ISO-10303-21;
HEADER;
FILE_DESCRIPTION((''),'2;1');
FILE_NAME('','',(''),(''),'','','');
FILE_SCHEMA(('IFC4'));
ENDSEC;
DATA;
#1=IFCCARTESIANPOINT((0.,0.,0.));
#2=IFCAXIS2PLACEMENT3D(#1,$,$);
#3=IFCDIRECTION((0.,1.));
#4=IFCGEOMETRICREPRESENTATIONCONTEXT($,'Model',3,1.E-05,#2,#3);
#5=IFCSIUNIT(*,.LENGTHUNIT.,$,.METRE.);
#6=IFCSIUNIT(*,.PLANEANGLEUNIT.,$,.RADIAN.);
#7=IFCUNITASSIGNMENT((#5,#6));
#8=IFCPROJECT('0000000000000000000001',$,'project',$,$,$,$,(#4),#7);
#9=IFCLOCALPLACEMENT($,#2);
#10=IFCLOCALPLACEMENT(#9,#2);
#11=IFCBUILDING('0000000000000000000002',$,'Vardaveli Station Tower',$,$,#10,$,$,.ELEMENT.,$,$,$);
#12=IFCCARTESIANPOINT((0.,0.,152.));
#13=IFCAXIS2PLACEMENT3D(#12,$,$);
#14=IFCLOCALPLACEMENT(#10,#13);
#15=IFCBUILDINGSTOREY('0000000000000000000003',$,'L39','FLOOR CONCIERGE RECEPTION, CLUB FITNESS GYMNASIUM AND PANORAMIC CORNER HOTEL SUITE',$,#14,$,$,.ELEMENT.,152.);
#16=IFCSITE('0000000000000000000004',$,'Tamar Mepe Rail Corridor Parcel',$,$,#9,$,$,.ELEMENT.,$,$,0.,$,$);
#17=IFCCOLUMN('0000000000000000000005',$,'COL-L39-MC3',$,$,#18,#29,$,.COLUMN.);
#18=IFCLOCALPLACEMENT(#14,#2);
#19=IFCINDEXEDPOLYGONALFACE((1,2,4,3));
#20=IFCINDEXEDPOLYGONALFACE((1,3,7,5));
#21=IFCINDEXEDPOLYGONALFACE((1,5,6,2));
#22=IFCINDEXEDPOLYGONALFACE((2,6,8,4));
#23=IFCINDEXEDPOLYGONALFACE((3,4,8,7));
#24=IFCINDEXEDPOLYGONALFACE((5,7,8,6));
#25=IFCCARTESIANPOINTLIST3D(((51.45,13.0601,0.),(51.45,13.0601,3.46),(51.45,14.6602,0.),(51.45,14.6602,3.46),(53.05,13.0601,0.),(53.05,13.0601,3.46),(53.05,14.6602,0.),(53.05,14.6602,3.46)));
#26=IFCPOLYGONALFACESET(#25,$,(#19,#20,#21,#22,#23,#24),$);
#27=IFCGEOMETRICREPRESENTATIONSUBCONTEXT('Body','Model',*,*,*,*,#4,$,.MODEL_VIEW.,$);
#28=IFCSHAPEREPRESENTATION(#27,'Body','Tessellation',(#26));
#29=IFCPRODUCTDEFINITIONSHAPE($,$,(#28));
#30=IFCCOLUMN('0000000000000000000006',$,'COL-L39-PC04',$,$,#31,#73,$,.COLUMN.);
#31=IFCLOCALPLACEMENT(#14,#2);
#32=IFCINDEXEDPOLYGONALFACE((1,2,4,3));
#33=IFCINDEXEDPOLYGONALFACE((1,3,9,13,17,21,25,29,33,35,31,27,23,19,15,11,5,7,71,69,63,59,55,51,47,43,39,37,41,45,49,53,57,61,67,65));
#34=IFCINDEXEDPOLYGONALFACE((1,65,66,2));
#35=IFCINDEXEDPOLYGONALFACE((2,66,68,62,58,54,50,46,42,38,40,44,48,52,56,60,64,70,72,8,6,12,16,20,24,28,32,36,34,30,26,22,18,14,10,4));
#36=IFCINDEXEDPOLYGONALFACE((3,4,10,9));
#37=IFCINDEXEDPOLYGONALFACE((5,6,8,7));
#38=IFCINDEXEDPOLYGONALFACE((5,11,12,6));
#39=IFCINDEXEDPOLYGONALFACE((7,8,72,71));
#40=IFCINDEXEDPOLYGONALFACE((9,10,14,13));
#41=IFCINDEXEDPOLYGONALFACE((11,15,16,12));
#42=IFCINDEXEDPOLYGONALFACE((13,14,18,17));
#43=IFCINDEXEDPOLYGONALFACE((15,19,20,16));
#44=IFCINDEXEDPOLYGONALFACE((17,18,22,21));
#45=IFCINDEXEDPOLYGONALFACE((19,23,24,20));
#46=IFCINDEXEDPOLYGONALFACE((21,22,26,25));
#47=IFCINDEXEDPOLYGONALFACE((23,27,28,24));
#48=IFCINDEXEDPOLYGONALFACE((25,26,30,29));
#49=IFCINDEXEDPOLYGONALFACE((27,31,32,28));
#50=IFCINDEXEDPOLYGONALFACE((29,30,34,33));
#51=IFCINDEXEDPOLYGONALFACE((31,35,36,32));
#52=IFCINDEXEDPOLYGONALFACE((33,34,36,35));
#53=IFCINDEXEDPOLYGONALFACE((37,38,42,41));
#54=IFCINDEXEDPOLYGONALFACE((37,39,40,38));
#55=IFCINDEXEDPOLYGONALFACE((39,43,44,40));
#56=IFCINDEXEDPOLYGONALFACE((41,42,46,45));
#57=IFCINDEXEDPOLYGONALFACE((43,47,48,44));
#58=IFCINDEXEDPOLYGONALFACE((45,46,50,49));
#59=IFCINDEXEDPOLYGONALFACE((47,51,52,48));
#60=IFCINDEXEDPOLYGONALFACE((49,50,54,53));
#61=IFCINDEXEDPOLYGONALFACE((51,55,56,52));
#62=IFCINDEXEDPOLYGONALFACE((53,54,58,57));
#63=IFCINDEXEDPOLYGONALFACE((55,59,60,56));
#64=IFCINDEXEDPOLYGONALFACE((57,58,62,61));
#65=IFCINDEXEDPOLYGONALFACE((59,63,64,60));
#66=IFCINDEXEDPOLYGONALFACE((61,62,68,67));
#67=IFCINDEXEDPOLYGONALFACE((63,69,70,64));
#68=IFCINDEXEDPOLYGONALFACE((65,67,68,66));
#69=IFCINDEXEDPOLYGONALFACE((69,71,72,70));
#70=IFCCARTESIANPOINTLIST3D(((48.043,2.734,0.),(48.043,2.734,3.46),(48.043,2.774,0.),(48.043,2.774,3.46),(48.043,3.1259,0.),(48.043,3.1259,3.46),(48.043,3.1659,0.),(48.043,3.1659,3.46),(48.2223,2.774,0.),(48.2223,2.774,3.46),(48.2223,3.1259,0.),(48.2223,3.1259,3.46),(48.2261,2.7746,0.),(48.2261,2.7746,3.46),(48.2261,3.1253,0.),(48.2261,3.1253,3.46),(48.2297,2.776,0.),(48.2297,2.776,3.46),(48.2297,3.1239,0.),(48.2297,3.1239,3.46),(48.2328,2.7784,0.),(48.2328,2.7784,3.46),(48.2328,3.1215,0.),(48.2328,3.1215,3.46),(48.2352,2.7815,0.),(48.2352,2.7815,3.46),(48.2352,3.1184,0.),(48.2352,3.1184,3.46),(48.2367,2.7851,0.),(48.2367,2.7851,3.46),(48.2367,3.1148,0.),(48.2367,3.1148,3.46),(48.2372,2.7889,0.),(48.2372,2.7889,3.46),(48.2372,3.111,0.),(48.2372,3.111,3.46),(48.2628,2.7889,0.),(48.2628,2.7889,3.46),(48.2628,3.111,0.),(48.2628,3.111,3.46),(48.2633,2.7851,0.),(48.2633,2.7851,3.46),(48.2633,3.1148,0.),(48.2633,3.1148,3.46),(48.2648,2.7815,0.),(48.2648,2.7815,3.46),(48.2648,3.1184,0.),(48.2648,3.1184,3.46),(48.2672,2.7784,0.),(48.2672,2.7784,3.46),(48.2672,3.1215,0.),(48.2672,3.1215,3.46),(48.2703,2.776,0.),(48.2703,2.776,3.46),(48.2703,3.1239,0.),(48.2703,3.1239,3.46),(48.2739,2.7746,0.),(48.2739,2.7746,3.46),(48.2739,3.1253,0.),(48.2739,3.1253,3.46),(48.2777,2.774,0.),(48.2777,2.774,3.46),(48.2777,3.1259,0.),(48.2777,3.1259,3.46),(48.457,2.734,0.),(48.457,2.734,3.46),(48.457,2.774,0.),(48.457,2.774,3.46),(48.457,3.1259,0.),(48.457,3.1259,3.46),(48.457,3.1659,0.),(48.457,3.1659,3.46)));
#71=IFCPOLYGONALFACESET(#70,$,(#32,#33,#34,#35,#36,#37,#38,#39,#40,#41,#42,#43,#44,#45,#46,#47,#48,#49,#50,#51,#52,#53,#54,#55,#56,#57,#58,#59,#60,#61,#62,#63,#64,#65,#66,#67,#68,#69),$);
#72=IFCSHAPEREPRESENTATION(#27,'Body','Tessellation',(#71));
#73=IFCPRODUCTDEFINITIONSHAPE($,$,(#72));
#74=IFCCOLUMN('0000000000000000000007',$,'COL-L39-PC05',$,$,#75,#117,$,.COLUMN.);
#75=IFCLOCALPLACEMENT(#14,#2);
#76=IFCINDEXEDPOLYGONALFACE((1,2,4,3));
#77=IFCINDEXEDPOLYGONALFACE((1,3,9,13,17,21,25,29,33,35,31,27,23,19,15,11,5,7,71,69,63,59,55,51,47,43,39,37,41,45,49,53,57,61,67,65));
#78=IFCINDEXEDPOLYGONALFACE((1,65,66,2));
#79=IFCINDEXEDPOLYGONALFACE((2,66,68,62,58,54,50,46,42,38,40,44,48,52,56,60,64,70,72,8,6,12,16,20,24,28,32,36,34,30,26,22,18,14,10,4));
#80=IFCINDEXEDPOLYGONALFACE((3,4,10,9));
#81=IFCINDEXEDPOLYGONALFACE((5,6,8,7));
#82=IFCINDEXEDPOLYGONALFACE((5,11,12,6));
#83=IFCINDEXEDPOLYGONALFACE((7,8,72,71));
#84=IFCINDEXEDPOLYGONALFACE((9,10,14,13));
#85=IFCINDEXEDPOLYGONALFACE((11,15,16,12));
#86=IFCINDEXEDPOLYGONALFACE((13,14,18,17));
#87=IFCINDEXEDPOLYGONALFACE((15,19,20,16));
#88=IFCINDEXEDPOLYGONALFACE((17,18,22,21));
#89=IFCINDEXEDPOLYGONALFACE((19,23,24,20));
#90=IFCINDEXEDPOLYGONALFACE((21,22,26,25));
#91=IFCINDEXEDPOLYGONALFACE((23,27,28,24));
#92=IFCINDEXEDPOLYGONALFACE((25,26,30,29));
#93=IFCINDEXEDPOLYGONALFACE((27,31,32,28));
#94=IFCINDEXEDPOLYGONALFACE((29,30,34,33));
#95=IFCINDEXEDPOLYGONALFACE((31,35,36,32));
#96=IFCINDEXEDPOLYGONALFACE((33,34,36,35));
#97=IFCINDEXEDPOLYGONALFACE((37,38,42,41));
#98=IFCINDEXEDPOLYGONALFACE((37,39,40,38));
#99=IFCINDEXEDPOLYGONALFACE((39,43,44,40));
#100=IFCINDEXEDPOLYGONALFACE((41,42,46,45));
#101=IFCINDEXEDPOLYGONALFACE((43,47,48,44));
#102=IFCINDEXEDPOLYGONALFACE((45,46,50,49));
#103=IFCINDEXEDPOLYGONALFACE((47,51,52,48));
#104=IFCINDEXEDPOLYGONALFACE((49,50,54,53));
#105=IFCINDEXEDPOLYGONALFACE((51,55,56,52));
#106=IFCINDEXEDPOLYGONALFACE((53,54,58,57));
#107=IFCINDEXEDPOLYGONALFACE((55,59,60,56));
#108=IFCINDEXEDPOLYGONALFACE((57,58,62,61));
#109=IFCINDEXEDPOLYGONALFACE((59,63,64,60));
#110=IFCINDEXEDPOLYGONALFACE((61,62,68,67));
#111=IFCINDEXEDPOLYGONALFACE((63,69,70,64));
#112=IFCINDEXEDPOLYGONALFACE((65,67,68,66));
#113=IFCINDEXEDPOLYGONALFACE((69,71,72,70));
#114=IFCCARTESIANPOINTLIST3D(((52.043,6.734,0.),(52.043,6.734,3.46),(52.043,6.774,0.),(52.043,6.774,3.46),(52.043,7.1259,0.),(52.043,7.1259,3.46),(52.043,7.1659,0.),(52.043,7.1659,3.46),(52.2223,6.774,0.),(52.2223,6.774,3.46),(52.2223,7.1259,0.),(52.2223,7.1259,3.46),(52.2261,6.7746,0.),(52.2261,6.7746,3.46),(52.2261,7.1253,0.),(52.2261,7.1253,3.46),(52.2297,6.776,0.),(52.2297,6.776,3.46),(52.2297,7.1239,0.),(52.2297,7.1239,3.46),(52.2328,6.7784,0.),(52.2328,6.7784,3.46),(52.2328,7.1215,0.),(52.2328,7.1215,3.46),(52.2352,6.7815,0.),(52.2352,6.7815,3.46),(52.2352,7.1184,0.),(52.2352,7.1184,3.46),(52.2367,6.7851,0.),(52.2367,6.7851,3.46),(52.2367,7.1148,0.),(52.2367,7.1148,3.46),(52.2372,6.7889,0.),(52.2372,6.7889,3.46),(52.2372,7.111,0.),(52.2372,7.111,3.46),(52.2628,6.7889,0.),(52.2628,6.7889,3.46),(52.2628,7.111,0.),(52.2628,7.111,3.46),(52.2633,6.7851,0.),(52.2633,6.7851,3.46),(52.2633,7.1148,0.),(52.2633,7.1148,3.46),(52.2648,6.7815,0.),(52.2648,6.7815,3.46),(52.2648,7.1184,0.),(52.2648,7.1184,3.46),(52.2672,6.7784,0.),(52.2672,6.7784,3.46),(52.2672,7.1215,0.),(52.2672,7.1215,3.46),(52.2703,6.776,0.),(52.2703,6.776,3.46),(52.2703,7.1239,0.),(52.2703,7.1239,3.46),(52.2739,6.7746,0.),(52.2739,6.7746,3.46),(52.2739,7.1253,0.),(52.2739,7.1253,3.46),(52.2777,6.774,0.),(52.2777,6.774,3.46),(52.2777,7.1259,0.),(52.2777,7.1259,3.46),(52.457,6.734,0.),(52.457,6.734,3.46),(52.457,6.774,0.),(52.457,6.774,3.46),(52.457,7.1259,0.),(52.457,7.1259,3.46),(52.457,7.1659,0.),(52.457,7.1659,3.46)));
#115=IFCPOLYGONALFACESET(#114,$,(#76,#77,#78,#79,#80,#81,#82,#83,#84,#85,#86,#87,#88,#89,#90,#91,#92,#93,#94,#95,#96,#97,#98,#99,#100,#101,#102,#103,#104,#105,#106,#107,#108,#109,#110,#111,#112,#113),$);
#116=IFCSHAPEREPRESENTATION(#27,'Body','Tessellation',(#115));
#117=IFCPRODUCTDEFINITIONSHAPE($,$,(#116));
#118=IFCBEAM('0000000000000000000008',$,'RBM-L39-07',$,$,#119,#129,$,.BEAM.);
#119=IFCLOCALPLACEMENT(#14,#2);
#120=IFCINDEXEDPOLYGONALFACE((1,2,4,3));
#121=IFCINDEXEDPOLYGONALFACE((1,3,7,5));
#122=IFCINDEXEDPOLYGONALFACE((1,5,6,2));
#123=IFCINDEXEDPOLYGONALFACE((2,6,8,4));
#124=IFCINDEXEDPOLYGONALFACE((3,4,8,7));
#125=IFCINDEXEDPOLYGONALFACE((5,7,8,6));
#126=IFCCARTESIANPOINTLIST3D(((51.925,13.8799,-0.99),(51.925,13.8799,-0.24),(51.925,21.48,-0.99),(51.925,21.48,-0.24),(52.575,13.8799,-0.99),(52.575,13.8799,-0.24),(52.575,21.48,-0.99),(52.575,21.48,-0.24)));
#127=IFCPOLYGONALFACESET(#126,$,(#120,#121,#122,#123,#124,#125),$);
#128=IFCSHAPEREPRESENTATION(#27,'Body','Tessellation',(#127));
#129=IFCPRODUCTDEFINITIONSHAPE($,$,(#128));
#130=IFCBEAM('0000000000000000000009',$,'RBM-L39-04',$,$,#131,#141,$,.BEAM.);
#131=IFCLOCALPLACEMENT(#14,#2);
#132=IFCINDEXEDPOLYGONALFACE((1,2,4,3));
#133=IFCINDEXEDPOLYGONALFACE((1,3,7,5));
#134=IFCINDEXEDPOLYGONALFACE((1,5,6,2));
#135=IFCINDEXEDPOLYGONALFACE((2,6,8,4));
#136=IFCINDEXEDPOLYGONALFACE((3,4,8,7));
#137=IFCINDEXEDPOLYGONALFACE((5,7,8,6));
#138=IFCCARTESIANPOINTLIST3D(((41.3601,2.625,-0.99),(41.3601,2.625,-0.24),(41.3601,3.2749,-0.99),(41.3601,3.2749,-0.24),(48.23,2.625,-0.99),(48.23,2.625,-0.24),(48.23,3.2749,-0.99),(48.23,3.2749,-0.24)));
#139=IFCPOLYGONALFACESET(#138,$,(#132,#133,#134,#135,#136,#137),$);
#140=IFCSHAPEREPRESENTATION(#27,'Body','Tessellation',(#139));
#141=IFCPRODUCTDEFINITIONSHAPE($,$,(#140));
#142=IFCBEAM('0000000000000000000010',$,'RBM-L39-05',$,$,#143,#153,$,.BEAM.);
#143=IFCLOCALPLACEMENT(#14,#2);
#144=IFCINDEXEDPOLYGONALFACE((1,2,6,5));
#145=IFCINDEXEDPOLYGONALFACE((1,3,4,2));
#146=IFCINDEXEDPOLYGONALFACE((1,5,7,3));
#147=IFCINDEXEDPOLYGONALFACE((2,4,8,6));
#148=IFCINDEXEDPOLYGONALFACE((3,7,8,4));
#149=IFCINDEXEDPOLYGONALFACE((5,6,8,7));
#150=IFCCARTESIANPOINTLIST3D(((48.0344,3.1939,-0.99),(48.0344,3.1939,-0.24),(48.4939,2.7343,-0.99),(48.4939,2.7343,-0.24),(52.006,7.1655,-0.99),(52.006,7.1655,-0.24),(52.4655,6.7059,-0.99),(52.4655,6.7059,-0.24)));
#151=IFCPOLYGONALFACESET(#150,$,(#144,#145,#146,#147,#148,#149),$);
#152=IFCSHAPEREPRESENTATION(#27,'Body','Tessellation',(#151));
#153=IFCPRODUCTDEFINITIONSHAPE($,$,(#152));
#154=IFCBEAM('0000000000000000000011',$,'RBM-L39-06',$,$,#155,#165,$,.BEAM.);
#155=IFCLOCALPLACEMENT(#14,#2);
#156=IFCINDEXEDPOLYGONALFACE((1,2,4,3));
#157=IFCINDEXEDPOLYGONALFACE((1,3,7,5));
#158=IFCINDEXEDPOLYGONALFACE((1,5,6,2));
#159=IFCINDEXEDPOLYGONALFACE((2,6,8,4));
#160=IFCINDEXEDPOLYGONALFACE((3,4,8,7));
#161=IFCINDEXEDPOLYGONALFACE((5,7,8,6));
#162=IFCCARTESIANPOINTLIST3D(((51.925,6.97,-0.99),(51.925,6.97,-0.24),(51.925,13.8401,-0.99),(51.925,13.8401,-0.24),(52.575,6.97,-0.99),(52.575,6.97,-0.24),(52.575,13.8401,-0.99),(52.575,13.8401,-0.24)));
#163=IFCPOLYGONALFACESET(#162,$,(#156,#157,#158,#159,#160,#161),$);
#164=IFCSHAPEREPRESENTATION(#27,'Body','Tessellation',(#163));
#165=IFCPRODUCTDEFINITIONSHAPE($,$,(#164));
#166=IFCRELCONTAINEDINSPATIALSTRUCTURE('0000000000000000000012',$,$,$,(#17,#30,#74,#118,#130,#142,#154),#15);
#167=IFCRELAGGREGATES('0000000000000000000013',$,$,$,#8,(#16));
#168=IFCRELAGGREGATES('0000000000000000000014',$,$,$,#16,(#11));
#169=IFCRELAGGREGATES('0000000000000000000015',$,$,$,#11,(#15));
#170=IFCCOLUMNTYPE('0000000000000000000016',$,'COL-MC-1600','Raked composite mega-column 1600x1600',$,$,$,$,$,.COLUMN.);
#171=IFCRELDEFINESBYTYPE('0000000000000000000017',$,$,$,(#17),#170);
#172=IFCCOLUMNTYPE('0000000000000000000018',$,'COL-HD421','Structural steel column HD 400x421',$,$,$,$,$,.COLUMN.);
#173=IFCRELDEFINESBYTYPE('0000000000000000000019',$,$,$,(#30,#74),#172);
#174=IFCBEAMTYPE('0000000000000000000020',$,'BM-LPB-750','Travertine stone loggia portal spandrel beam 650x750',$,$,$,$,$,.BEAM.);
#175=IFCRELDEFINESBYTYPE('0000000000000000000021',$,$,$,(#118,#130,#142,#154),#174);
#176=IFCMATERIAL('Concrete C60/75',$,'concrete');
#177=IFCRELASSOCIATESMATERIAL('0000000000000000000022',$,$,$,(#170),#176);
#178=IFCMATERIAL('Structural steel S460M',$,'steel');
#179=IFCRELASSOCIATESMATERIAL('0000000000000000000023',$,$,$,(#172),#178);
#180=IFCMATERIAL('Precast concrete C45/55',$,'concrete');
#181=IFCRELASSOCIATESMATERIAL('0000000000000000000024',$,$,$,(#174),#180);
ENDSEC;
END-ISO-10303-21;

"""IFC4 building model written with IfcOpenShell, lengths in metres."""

from ifc_helpers import new_model, si_unit, direction, frame, origin, origin_2d, place, context, subcontext, project, spatial, rectangle, i_section, extrude, source, transform, mapped, material, material_profile, profile_set, type_object, element, save


model = new_model("IFC4")

# Units and contexts
model_context = context("Model", 3, precision=1e-05, world=origin(), true_north=direction((0.0, 1.0)))
body_context = subcontext(model_context, "Body", "Model", "MODEL_VIEW")
ifc_project = project(units=[si_unit("LENGTHUNIT", "METRE"), si_unit("PLANEANGLEUNIT", "RADIAN")], contexts=[model_context])

# Site, building, storey
site_placement = place(None, origin())
site = spatial("IfcSite", under=ifc_project, at=site_placement, Name="Tamar Mepe Rail Corridor Parcel", CompositionType="ELEMENT", RefElevation=0.0)
building_placement = place(site_placement, origin())
building = spatial("IfcBuilding", under=site, at=building_placement, Name="Vardaveli Station Tower", CompositionType="ELEMENT")
storey_placement = place(building_placement, frame((0.0, 0.0, 152.0)))
storey = spatial("IfcBuildingStorey", under=building, at=storey_placement, Name="L39", Description="FLOOR CONCIERGE RECEPTION, CLUB FITNESS GYMNASIUM AND PANORAMIC CORNER HOTEL SUITE", CompositionType="ELEMENT", Elevation=152.0)

# Columns
ifc_material_1 = material(Name="Concrete C60/75", Category="concrete")
ifc_material_profile_1 = material_profile(ifc_material_1, rectangle(XDim=1.6001, YDim=1.6001, at=origin_2d()), Name="MC 1600x1600")
ifc_profile_set_1 = profile_set([ifc_material_profile_1], Name="Concrete C60/75")
column_type_1 = type_object("IfcColumnType", Name="COL-MC-1600", Description="Raked composite mega-column 1600x1600", PredefinedType="COLUMN", material=ifc_profile_set_1)
shared_shape_1 = source(origin(), body_context, "Body", "SweptSolid", [
    extrude(rectangle(XDim=1.6001, YDim=1.6001, at=origin_2d()), origin(), (0.0, 0.0, 1.0), 3.46),
])
column_placement = place(storey_placement, frame((52.25, 13.8601, 0.0), z_axis=(0.0, 0.0, 1.0), x_axis=(1.0, 0.0, 0.0)))
element("IfcColumn", 1, at=column_placement, inside=storey, type_object=column_type_1, Name="COL-L39-MC3", PredefinedType="COLUMN", context=body_context, shape_type="MappedRepresentation", body=[
    mapped(shared_shape_1, transform((0.0, 0.0, 0.0), scale=1.0)),
])
ifc_material_2 = material(Name="Structural steel S460M", Category="steel")
ifc_material_profile_2 = material_profile(ifc_material_2, i_section(OverallWidth=0.4141, OverallDepth=0.4319, WebThickness=0.0256, FlangeThickness=0.04, FilletRadius=0.0149, at=origin_2d()), Name="HD 400x421")
ifc_profile_set_2 = profile_set([ifc_material_profile_2], Name="Structural steel S460M")
column_type_2 = type_object("IfcColumnType", Name="COL-HD421", Description="Structural steel column HD 400x421", PredefinedType="COLUMN", material=ifc_profile_set_2)
shared_shape_2 = source(origin(), body_context, "Body", "SweptSolid", [
    extrude(i_section(OverallWidth=0.4141, OverallDepth=0.4319, WebThickness=0.0256, FlangeThickness=0.04, FilletRadius=0.0149, at=origin_2d()), origin(), (0.0, 0.0, 1.0), 3.46),
])
for number, where, z_axis, x_axis, name in (
    (2, (48.25, 2.95, 0.0), (0.0, 0.0, 1.0), (1.0, 0.0, 0.0), "COL-L39-PC04"),
    (3, (52.25, 6.95, 0.0), (0.0, 0.0, 1.0), (1.0, 0.0, 0.0), "COL-L39-PC05"),
):
    element("IfcColumn", number, at=place(storey_placement, frame(where, z_axis=z_axis, x_axis=x_axis)), inside=storey, type_object=column_type_2, Name=name, PredefinedType="COLUMN", context=body_context, shape_type="MappedRepresentation", body=[
        mapped(shared_shape_2, transform((0.0, 0.0, 0.0), scale=1.0)),
    ])

# Beams
ifc_material_3 = material(Name="Precast concrete C45/55", Category="concrete")
ifc_material_profile_3 = material_profile(ifc_material_3, rectangle(XDim=0.6499, YDim=0.75, at=origin_2d()), Name="LPB 650x750")
ifc_profile_set_3 = profile_set([ifc_material_profile_3], Name="Precast concrete C45/55")
beam_type_1 = type_object("IfcBeamType", Name="BM-LPB-750", Description="Travertine stone loggia portal spandrel beam 650x750", PredefinedType="BEAM", material=ifc_profile_set_3)
shared_shape_3 = source(origin(), body_context, "Body", "SweptSolid", [
    extrude(rectangle(XDim=0.6499, YDim=0.75, at=origin_2d()), origin(), (0.0, 0.0, 1.0), 7.6001),
])
beam_1_placement = place(storey_placement, frame((52.25, 13.8799, -0.615), z_axis=(0.0, 1.0, 0.0), x_axis=(-1.0, 0.0, 0.0)))
element("IfcBeam", 4, at=beam_1_placement, inside=storey, type_object=beam_type_1, Name="RBM-L39-07", PredefinedType="BEAM", context=body_context, shape_type="MappedRepresentation", body=[
    mapped(shared_shape_3, transform((0.0, 0.0, 0.0), scale=1.0)),
])
shared_shape_4 = source(origin(), body_context, "Body", "SweptSolid", [
    extrude(rectangle(XDim=0.6499, YDim=0.75, at=origin_2d()), origin(), (0.0, 0.0, 1.0), 6.8699),
])
beam_2_placement = place(storey_placement, frame((41.3601, 2.95, -0.615), z_axis=(1.0, 0.0, 0.0), x_axis=(0.0, 1.0, 0.0)))
element("IfcBeam", 5, at=beam_2_placement, inside=storey, type_object=beam_type_1, Name="RBM-L39-04", PredefinedType="BEAM", context=body_context, shape_type="MappedRepresentation", body=[
    mapped(shared_shape_4, transform((0.0, 0.0, 0.0), scale=1.0)),
])
shared_shape_5 = source(origin(), body_context, "Body", "SweptSolid", [
    extrude(rectangle(XDim=0.6499, YDim=0.75, at=origin_2d()), origin(), (0.0, 0.0, 1.0), 5.6167),
])
beam_3_placement = place(storey_placement, frame((48.2642, 2.9641, -0.615), z_axis=(0.707107, 0.707107, 0.0), x_axis=(-0.707107, 0.707107, 0.0)))
element("IfcBeam", 6, at=beam_3_placement, inside=storey, type_object=beam_type_1, Name="RBM-L39-05", PredefinedType="BEAM", context=body_context, shape_type="MappedRepresentation", body=[
    mapped(shared_shape_5, transform((0.0, 0.0, 0.0), scale=1.0)),
])
shared_shape_6 = source(origin(), body_context, "Body", "SweptSolid", [
    extrude(rectangle(XDim=0.6499, YDim=0.75, at=origin_2d()), origin(), (0.0, 0.0, 1.0), 6.8701),
])
beam_4_placement = place(storey_placement, frame((52.25, 6.97, -0.615), z_axis=(0.0, 1.0, 0.0), x_axis=(-1.0, 0.0, 0.0)))
element("IfcBeam", 7, at=beam_4_placement, inside=storey, type_object=beam_type_1, Name="RBM-L39-06", PredefinedType="BEAM", context=body_context, shape_type="MappedRepresentation", body=[
    mapped(shared_shape_6, transform((0.0, 0.0, 0.0), scale=1.0)),
])

save(model, "model.ifc")
